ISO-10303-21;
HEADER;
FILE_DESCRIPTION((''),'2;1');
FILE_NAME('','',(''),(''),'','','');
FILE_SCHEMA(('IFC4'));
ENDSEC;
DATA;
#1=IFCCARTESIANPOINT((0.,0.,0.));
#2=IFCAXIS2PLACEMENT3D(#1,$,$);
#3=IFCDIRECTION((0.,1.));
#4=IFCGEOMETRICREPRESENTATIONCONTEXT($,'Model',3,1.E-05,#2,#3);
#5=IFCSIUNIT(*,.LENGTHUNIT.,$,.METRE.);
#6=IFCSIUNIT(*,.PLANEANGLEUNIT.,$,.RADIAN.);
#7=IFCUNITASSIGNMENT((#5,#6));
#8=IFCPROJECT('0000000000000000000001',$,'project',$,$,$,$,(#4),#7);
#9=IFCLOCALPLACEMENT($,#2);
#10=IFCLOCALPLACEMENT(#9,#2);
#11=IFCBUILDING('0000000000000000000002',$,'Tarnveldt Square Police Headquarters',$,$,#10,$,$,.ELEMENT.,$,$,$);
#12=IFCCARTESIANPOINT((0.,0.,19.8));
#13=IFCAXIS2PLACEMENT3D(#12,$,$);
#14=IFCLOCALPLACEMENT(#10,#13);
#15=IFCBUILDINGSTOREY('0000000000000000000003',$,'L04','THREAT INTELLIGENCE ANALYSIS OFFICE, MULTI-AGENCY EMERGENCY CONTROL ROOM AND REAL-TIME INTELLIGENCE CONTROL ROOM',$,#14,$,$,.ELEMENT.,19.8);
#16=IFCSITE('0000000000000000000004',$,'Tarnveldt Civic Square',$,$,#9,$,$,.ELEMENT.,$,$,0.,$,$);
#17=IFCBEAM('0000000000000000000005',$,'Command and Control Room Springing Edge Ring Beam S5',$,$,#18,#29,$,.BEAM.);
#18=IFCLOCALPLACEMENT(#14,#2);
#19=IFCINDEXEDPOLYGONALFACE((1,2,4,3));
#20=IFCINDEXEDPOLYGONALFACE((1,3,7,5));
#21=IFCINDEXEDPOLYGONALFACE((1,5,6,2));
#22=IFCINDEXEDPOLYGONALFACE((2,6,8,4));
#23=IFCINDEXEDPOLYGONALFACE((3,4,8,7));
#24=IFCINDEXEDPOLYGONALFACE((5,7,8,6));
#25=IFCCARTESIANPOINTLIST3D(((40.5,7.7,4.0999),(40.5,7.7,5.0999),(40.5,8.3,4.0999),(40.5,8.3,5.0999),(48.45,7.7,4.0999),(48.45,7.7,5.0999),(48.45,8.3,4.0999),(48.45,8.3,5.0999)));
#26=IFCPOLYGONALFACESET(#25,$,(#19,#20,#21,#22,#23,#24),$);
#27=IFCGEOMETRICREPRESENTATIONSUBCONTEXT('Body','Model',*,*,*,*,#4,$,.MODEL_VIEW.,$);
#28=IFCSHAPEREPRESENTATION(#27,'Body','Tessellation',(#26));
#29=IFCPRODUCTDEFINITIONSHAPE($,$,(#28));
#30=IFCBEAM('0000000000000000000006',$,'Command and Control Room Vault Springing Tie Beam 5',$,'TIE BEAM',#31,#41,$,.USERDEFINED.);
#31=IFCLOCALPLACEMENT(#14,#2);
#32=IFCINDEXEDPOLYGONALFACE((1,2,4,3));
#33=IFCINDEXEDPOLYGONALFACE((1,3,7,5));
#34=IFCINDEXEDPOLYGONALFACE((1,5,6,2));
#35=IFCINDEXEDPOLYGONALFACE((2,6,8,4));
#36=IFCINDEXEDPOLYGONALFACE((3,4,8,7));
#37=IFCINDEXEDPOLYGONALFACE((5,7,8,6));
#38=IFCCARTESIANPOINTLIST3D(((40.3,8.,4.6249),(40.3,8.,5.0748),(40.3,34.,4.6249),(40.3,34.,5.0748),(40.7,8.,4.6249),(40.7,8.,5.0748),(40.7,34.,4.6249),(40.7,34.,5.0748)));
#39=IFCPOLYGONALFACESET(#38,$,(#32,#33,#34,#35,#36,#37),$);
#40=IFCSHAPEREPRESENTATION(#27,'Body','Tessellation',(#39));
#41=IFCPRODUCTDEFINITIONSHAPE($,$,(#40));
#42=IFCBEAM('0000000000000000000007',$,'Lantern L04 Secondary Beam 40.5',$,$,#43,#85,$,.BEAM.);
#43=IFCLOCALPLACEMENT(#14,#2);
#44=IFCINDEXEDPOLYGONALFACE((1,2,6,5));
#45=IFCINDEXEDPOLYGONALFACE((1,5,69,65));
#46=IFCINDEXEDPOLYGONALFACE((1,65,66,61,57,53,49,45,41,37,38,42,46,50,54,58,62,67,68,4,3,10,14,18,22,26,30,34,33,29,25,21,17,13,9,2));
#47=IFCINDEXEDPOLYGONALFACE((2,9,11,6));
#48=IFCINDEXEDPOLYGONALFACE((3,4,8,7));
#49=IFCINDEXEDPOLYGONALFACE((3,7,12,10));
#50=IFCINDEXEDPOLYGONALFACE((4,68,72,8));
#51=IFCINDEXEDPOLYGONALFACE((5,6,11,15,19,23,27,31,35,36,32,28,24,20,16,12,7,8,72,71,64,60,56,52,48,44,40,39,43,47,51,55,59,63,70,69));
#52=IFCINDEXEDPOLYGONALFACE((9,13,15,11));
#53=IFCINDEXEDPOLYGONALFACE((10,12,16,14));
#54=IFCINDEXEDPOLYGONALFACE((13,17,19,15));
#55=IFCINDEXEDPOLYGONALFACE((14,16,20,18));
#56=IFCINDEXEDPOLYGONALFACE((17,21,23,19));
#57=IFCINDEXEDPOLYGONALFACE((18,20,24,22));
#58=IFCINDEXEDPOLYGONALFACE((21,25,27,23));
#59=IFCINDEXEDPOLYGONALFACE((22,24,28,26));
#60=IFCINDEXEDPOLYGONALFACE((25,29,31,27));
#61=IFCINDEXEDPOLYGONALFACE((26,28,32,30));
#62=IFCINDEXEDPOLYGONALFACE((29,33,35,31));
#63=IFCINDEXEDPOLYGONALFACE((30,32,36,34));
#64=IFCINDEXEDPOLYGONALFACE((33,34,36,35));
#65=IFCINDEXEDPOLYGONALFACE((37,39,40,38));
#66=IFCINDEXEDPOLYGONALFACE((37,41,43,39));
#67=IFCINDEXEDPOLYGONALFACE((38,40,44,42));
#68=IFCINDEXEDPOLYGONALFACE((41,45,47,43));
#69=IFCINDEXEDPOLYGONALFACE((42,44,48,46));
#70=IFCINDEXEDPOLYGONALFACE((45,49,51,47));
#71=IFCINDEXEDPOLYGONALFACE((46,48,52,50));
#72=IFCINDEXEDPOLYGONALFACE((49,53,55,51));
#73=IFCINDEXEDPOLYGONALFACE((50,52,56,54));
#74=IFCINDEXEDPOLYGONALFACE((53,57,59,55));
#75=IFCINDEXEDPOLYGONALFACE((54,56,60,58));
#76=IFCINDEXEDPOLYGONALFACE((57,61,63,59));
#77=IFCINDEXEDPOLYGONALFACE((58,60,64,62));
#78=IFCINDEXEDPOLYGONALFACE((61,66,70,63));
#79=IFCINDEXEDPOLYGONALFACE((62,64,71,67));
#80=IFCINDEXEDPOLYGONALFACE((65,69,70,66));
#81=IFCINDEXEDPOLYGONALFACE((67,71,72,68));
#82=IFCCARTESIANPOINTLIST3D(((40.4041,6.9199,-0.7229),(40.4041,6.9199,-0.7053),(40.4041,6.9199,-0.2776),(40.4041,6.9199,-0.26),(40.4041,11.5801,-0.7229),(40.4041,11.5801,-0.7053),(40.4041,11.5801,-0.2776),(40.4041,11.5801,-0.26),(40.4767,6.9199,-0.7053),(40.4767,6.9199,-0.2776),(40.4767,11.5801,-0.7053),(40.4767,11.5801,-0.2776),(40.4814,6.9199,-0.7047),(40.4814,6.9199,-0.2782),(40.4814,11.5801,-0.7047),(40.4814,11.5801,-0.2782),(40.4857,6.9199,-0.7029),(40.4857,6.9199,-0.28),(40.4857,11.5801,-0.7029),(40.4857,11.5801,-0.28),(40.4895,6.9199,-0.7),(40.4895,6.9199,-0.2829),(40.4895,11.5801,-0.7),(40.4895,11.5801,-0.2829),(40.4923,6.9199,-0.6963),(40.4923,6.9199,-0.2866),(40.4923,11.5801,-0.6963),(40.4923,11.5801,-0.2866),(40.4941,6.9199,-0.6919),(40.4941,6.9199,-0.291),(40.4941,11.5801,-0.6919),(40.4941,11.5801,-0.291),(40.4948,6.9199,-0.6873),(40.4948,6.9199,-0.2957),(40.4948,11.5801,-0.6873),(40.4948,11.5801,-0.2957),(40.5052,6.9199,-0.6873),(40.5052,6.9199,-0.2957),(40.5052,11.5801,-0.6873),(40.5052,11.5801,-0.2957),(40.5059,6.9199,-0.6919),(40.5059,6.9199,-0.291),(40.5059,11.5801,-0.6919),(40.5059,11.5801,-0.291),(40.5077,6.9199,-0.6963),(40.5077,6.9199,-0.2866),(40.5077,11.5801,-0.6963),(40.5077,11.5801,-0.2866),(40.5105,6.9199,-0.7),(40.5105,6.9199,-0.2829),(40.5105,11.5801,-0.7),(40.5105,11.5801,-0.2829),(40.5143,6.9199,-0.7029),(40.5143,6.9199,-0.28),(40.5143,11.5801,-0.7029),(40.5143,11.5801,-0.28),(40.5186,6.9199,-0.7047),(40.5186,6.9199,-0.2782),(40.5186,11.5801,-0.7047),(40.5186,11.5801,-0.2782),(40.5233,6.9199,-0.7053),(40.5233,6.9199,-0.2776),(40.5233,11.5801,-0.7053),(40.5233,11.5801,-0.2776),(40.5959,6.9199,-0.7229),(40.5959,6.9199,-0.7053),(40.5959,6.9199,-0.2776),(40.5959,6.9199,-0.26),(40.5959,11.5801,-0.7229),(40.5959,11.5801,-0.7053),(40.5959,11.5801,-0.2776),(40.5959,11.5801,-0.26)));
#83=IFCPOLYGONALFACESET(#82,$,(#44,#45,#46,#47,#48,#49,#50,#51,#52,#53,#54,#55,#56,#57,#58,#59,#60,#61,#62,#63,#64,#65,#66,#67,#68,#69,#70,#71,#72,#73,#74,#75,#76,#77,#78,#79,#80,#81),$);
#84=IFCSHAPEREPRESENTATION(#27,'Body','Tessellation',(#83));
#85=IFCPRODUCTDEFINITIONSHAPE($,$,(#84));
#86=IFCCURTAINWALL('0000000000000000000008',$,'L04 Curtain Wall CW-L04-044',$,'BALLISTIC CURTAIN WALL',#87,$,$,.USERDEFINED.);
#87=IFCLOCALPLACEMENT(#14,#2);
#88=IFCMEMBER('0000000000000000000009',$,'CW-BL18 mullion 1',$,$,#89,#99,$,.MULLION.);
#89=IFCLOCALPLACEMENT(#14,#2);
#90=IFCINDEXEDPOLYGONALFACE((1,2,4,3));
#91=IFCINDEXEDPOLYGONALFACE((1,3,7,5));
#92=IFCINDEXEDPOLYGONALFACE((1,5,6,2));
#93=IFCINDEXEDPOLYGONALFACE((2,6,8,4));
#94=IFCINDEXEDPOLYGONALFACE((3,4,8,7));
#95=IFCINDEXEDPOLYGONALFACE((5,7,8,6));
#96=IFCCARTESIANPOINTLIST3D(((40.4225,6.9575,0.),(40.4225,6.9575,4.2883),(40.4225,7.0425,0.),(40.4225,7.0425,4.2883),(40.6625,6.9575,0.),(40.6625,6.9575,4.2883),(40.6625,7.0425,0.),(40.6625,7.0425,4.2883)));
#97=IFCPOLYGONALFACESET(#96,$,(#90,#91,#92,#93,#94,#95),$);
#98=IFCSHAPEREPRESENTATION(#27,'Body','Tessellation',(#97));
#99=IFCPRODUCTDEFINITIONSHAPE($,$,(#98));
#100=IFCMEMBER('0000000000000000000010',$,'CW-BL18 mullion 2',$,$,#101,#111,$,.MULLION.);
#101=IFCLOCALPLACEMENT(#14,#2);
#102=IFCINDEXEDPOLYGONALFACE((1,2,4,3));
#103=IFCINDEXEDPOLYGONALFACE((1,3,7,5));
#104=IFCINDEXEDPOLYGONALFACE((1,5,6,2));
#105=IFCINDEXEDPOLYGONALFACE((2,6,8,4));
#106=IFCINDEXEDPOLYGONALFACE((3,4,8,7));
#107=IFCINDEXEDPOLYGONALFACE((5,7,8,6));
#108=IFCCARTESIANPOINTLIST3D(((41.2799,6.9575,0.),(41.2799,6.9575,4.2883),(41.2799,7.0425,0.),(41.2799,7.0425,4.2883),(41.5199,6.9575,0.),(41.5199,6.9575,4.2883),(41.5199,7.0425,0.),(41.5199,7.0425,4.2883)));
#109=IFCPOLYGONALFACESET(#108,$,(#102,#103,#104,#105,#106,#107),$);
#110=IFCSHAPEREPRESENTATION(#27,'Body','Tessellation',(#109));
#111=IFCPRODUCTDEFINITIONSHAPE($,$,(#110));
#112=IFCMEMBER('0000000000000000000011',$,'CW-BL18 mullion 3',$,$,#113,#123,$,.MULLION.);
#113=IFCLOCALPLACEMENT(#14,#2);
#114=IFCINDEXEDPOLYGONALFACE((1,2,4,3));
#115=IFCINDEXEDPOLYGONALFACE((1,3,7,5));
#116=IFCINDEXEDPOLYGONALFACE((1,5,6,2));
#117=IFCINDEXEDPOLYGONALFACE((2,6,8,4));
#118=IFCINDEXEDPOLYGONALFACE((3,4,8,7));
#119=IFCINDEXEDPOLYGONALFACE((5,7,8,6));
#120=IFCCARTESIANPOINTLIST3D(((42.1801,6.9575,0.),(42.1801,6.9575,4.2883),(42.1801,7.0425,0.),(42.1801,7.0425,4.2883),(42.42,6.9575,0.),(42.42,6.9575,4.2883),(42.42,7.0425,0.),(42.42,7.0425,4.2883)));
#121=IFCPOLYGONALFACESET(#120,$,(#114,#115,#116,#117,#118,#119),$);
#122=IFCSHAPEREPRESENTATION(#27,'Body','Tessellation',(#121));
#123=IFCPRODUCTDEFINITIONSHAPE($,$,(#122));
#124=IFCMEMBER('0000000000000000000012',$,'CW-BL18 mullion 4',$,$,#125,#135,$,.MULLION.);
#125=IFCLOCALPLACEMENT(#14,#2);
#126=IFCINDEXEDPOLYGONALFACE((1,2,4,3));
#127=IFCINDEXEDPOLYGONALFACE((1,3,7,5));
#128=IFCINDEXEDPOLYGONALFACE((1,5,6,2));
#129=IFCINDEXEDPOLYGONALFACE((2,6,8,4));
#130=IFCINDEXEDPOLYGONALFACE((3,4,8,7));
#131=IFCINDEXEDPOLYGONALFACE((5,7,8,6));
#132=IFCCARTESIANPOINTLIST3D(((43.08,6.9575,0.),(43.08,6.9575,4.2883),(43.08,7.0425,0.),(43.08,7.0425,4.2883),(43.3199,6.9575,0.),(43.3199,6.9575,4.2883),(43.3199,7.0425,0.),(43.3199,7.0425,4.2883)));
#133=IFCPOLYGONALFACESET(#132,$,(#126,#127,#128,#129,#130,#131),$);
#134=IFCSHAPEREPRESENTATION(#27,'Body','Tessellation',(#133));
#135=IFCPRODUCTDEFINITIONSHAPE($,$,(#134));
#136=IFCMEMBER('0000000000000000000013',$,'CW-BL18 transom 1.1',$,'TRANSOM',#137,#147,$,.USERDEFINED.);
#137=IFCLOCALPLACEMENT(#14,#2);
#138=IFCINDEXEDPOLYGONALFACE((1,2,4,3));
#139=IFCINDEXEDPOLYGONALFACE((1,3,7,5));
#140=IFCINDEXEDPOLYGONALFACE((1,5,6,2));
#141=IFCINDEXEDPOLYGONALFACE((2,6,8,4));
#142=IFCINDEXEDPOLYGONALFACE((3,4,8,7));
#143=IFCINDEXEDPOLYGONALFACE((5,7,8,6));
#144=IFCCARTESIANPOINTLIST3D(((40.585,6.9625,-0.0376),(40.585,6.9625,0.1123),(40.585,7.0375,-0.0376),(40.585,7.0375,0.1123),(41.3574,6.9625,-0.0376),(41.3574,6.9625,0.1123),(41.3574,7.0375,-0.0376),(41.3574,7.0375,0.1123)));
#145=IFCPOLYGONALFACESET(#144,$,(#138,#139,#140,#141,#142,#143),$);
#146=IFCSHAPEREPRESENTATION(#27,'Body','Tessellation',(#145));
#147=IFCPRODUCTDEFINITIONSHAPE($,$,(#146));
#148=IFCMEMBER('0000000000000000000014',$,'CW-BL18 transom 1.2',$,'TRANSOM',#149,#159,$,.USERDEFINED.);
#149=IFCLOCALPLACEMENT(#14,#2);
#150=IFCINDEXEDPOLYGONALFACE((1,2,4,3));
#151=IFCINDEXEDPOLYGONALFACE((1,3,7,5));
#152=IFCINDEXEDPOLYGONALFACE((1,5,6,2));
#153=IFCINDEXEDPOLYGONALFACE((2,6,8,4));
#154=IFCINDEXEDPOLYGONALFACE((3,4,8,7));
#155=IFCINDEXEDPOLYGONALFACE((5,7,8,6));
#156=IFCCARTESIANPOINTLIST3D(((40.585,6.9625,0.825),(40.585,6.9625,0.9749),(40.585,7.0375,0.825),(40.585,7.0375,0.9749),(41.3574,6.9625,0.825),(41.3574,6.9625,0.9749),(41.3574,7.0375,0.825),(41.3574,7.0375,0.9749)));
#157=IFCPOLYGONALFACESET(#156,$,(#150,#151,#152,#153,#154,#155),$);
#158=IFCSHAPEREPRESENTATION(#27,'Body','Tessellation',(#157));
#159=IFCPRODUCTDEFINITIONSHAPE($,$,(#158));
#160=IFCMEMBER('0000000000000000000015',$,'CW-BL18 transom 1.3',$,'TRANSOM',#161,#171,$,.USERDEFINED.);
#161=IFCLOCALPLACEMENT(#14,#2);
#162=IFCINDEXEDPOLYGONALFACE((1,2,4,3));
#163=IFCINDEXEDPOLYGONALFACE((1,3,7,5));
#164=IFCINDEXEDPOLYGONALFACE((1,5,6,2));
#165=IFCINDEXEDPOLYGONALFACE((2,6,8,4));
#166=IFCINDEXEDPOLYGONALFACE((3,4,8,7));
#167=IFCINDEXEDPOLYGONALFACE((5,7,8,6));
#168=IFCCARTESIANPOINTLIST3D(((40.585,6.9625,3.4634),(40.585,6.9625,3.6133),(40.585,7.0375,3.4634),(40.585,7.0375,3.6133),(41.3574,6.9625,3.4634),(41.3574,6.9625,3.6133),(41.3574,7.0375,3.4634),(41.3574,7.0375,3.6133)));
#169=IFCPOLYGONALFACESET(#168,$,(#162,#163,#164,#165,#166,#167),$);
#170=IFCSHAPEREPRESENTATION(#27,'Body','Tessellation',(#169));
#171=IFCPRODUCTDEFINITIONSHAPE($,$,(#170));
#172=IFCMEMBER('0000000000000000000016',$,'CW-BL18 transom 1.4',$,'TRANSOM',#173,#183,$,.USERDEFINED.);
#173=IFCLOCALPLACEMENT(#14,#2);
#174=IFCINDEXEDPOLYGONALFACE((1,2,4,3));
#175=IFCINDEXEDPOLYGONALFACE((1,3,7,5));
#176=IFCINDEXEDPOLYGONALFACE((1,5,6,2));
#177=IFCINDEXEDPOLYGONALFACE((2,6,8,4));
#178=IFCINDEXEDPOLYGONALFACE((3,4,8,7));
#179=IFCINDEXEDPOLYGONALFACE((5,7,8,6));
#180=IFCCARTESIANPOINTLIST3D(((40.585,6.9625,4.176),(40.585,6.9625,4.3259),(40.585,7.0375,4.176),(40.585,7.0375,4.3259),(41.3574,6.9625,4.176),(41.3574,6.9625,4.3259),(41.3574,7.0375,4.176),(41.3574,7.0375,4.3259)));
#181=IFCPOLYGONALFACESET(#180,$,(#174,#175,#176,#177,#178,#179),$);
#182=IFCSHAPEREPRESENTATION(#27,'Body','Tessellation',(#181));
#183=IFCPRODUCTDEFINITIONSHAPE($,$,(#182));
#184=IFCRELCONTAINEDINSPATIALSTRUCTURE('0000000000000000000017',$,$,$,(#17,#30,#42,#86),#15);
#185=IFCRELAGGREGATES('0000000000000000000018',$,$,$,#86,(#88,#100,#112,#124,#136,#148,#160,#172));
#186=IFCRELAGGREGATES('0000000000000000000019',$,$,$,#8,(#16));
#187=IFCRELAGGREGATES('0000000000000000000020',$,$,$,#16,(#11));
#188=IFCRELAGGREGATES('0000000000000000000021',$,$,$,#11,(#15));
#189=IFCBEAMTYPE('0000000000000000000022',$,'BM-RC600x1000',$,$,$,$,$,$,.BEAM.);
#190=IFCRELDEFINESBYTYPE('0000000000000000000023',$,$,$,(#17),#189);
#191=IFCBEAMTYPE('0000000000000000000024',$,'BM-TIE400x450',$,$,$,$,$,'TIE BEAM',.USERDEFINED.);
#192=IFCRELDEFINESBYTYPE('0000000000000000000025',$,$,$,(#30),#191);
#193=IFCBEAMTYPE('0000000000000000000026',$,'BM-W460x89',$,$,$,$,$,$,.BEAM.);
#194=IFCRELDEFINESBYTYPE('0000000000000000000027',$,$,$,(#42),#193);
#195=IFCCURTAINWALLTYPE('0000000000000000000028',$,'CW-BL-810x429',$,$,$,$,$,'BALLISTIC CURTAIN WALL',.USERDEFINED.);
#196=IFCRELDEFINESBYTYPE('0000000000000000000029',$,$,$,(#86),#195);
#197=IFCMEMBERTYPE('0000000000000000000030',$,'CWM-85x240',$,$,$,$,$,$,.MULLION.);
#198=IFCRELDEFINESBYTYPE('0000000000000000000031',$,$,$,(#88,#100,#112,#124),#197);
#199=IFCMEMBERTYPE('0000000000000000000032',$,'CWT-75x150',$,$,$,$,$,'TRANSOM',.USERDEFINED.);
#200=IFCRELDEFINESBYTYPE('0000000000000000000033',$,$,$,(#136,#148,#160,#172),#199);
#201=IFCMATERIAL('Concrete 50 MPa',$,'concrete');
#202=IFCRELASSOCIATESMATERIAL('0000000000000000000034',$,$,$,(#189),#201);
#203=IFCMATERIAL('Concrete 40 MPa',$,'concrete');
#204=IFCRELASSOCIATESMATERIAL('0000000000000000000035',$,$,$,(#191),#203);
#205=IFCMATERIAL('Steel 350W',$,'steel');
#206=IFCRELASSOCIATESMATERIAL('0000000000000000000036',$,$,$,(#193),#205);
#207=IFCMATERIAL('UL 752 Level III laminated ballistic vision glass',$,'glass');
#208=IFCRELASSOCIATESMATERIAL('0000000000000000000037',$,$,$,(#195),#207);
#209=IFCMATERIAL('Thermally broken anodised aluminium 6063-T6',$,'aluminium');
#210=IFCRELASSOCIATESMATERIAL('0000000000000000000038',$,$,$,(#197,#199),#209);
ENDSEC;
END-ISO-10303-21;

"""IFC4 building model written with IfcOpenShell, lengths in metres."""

from ifc_helpers import new_model, si_unit, direction, frame, origin, origin_2d, place, context, subcontext, project, spatial, rectangle, i_section, extrude, material, material_profile, profile_set, type_object, element, aggregate, save


model = new_model("IFC4")

# Units and contexts
model_context = context("Model", 3, precision=1e-05, world=origin(), true_north=direction((0.0, 1.0)))
body_context = subcontext(model_context, "Body", "Model", "MODEL_VIEW")
ifc_project = project(units=[si_unit("LENGTHUNIT", "METRE"), si_unit("PLANEANGLEUNIT", "RADIAN")], contexts=[model_context])

# Site, building, storey
site_placement = place(None, origin())
site = spatial("IfcSite", under=ifc_project, at=site_placement, Name="Tarnveldt Civic Square", CompositionType="ELEMENT", RefElevation=0.0)
building_placement = place(site_placement, origin())
building = spatial("IfcBuilding", under=site, at=building_placement, Name="Tarnveldt Square Police Headquarters", CompositionType="ELEMENT")
storey_placement = place(building_placement, frame((0.0, 0.0, 19.8)))
storey = spatial("IfcBuildingStorey", under=building, at=storey_placement, Name="L04", Description="THREAT INTELLIGENCE ANALYSIS OFFICE, MULTI-AGENCY EMERGENCY CONTROL ROOM AND REAL-TIME INTELLIGENCE CONTROL ROOM", CompositionType="ELEMENT", Elevation=19.8)

# Beams
ifc_material_1 = material(Name="Concrete 50 MPa", Category="concrete")
ifc_material_profile_1 = material_profile(ifc_material_1, rectangle(XDim=0.6001, YDim=1.0, at=origin_2d()), Name="RC-B600x1000")
ifc_profile_set_1 = profile_set([ifc_material_profile_1], Name="Concrete 50 MPa")
beam_type_1 = type_object("IfcBeamType", Name="BM-RC600x1000", PredefinedType="BEAM", material=ifc_profile_set_1)
beam_1_placement = place(storey_placement, frame((40.5, 8.0, 4.5999), z_axis=(1.0, 0.0, 0.0), x_axis=(0.0, 1.0, 0.0)))
element("IfcBeam", 1, at=beam_1_placement, inside=storey, type_object=beam_type_1, Name="Command and Control Room Springing Edge Ring Beam S5", PredefinedType="BEAM", context=body_context, shape_type="SweptSolid", body=[
    extrude(rectangle(XDim=0.6001, YDim=1.0, at=origin_2d()), origin(), (0.0, 0.0, 1.0), 7.95),
])
ifc_material_2 = material(Name="Concrete 40 MPa", Category="concrete")
ifc_material_profile_2 = material_profile(ifc_material_2, rectangle(XDim=0.3999, YDim=0.45, at=origin_2d()), Name="RC-TIE400x450")
ifc_profile_set_2 = profile_set([ifc_material_profile_2], Name="Concrete 40 MPa")
beam_type_2 = type_object("IfcBeamType", Name="BM-TIE400x450", ElementType="TIE BEAM", PredefinedType="USERDEFINED", material=ifc_profile_set_2)
beam_2_placement = place(storey_placement, frame((40.5, 8.0, 4.8499), z_axis=(0.0, 1.0, 0.0), x_axis=(-1.0, 0.0, 0.0)))
element("IfcBeam", 2, at=beam_2_placement, inside=storey, type_object=beam_type_2, Name="Command and Control Room Vault Springing Tie Beam 5", ObjectType="TIE BEAM", PredefinedType="USERDEFINED", context=body_context, shape_type="SweptSolid", body=[
    extrude(rectangle(XDim=0.3999, YDim=0.45, at=origin_2d()), origin(), (0.0, 0.0, 1.0), 26.0),
])
ifc_material_3 = material(Name="Steel 350W", Category="steel")
ifc_material_profile_3 = material_profile(ifc_material_3, i_section(OverallWidth=0.1919, OverallDepth=0.4629, WebThickness=0.0105, FlangeThickness=0.0176, FilletRadius=0.0181, at=origin_2d()), Name="W460x89")
ifc_profile_set_3 = profile_set([ifc_material_profile_3], Name="Steel 350W")
beam_type_3 = type_object("IfcBeamType", Name="BM-W460x89", PredefinedType="BEAM", material=ifc_profile_set_3)
beam_3_placement = place(storey_placement, frame((40.5, 11.5801, -0.4915), z_axis=(0.0, -1.0, 0.0), x_axis=(1.0, 0.0, 0.0)))
element("IfcBeam", 3, at=beam_3_placement, inside=storey, type_object=beam_type_3, Name="Lantern L04 Secondary Beam 40.5", PredefinedType="BEAM", context=body_context, shape_type="SweptSolid", body=[
    extrude(i_section(OverallWidth=0.1919, OverallDepth=0.4629, WebThickness=0.0105, FlangeThickness=0.0176, FilletRadius=0.0181, at=origin_2d()), origin(), (0.0, 0.0, 1.0), 4.6602),
])

# Curtain wall, members
ifc_material_4 = material(Name="UL 752 Level III laminated ballistic vision glass", Category="glass")
curtain_wall_type = type_object("IfcCurtainWallType", Name="CW-BL-810x429", ElementType="BALLISTIC CURTAIN WALL", PredefinedType="USERDEFINED", material=ifc_material_4)
curtain_wall_placement = place(storey_placement, origin())
curtain_wall = element("IfcCurtainWall", 4, at=curtain_wall_placement, inside=storey, type_object=curtain_wall_type, Name="L04 Curtain Wall CW-L04-044", ObjectType="BALLISTIC CURTAIN WALL", PredefinedType="USERDEFINED")
ifc_material_5 = material(Name="Thermally broken anodised aluminium 6063-T6", Category="aluminium")
ifc_material_profile_4 = material_profile(ifc_material_5, rectangle(XDim=0.085, YDim=0.24, at=origin_2d()), Name="CW-M85x240")
ifc_profile_set_4 = profile_set([ifc_material_profile_4], Name="Thermally broken anodised aluminium 6063-T6")
member_type_1 = type_object("IfcMemberType", Name="CWM-85x240", PredefinedType="MULLION", material=ifc_profile_set_4)
member_1_placement = place(storey_placement, frame((40.5425, 7.0, 0.0), z_axis=(0.0, 0.0, 1.0), x_axis=(0.0, 1.0, 0.0)))
member_1 = element("IfcMember", 5, at=member_1_placement, type_object=member_type_1, Name="CW-BL18 mullion 1", PredefinedType="MULLION", context=body_context, shape_type="SweptSolid", body=[
    extrude(rectangle(XDim=0.085, YDim=0.24, at=origin_2d()), origin(), (0.0, 0.0, 1.0), 4.2883),
])
member_2_placement = place(storey_placement, frame((41.3999, 7.0, 0.0), z_axis=(0.0, 0.0, 1.0), x_axis=(0.0, 1.0, 0.0)))
member_2 = element("IfcMember", 6, at=member_2_placement, type_object=member_type_1, Name="CW-BL18 mullion 2", PredefinedType="MULLION", context=body_context, shape_type="SweptSolid", body=[
    extrude(rectangle(XDim=0.085, YDim=0.24, at=origin_2d()), origin(), (0.0, 0.0, 1.0), 4.2883),
])
member_3_placement = place(storey_placement, frame((42.3, 7.0, 0.0), z_axis=(0.0, 0.0, 1.0), x_axis=(0.0, 1.0, 0.0)))
member_3 = element("IfcMember", 7, at=member_3_placement, type_object=member_type_1, Name="CW-BL18 mullion 3", PredefinedType="MULLION", context=body_context, shape_type="SweptSolid", body=[
    extrude(rectangle(XDim=0.085, YDim=0.24, at=origin_2d()), origin(), (0.0, 0.0, 1.0), 4.2883),
])
member_4_placement = place(storey_placement, frame((43.2, 7.0, 0.0), z_axis=(0.0, 0.0, 1.0), x_axis=(0.0, 1.0, 0.0)))
member_4 = element("IfcMember", 8, at=member_4_placement, type_object=member_type_1, Name="CW-BL18 mullion 4", PredefinedType="MULLION", context=body_context, shape_type="SweptSolid", body=[
    extrude(rectangle(XDim=0.085, YDim=0.24, at=origin_2d()), origin(), (0.0, 0.0, 1.0), 4.2883),
])
ifc_material_profile_5 = material_profile(ifc_material_5, rectangle(XDim=0.075, YDim=0.1499, at=origin_2d()), Name="CW-T75x150")
ifc_profile_set_5 = profile_set([ifc_material_profile_5], Name="Thermally broken anodised aluminium 6063-T6")
member_type_2 = type_object("IfcMemberType", Name="CWT-75x150", ElementType="TRANSOM", PredefinedType="USERDEFINED", material=ifc_profile_set_5)
member_5_placement = place(storey_placement, frame((40.585, 7.0, 0.0374), z_axis=(1.0, 0.0, 0.0), x_axis=(0.0, 1.0, 0.0)))
member_5 = element("IfcMember", 9, at=member_5_placement, type_object=member_type_2, Name="CW-BL18 transom 1.1", ObjectType="TRANSOM", PredefinedType="USERDEFINED", context=body_context, shape_type="SweptSolid", body=[
    extrude(rectangle(XDim=0.075, YDim=0.1499, at=origin_2d()), origin(), (0.0, 0.0, 1.0), 0.7725),
])
member_6_placement = place(storey_placement, frame((40.585, 7.0, 0.8999), z_axis=(1.0, 0.0, 0.0), x_axis=(0.0, 1.0, 0.0)))
member_6 = element("IfcMember", 10, at=member_6_placement, type_object=member_type_2, Name="CW-BL18 transom 1.2", ObjectType="TRANSOM", PredefinedType="USERDEFINED", context=body_context, shape_type="SweptSolid", body=[
    extrude(rectangle(XDim=0.075, YDim=0.1499, at=origin_2d()), origin(), (0.0, 0.0, 1.0), 0.7725),
])
member_7_placement = place(storey_placement, frame((40.585, 7.0, 3.5383), z_axis=(1.0, 0.0, 0.0), x_axis=(0.0, 1.0, 0.0)))
member_7 = element("IfcMember", 11, at=member_7_placement, type_object=member_type_2, Name="CW-BL18 transom 1.3", ObjectType="TRANSOM", PredefinedType="USERDEFINED", context=body_context, shape_type="SweptSolid", body=[
    extrude(rectangle(XDim=0.075, YDim=0.1499, at=origin_2d()), origin(), (0.0, 0.0, 1.0), 0.7725),
])
member_8_placement = place(storey_placement, frame((40.585, 7.0, 4.251), z_axis=(1.0, 0.0, 0.0), x_axis=(0.0, 1.0, 0.0)))
member_8 = element("IfcMember", 12, at=member_8_placement, type_object=member_type_2, Name="CW-BL18 transom 1.4", ObjectType="TRANSOM", PredefinedType="USERDEFINED", context=body_context, shape_type="SweptSolid", body=[
    extrude(rectangle(XDim=0.075, YDim=0.1499, at=origin_2d()), origin(), (0.0, 0.0, 1.0), 0.7725),
])

aggregate(curtain_wall, [member_1, member_2, member_3, member_4, member_5, member_6, member_7, member_8])

save(model, "model.ifc")
